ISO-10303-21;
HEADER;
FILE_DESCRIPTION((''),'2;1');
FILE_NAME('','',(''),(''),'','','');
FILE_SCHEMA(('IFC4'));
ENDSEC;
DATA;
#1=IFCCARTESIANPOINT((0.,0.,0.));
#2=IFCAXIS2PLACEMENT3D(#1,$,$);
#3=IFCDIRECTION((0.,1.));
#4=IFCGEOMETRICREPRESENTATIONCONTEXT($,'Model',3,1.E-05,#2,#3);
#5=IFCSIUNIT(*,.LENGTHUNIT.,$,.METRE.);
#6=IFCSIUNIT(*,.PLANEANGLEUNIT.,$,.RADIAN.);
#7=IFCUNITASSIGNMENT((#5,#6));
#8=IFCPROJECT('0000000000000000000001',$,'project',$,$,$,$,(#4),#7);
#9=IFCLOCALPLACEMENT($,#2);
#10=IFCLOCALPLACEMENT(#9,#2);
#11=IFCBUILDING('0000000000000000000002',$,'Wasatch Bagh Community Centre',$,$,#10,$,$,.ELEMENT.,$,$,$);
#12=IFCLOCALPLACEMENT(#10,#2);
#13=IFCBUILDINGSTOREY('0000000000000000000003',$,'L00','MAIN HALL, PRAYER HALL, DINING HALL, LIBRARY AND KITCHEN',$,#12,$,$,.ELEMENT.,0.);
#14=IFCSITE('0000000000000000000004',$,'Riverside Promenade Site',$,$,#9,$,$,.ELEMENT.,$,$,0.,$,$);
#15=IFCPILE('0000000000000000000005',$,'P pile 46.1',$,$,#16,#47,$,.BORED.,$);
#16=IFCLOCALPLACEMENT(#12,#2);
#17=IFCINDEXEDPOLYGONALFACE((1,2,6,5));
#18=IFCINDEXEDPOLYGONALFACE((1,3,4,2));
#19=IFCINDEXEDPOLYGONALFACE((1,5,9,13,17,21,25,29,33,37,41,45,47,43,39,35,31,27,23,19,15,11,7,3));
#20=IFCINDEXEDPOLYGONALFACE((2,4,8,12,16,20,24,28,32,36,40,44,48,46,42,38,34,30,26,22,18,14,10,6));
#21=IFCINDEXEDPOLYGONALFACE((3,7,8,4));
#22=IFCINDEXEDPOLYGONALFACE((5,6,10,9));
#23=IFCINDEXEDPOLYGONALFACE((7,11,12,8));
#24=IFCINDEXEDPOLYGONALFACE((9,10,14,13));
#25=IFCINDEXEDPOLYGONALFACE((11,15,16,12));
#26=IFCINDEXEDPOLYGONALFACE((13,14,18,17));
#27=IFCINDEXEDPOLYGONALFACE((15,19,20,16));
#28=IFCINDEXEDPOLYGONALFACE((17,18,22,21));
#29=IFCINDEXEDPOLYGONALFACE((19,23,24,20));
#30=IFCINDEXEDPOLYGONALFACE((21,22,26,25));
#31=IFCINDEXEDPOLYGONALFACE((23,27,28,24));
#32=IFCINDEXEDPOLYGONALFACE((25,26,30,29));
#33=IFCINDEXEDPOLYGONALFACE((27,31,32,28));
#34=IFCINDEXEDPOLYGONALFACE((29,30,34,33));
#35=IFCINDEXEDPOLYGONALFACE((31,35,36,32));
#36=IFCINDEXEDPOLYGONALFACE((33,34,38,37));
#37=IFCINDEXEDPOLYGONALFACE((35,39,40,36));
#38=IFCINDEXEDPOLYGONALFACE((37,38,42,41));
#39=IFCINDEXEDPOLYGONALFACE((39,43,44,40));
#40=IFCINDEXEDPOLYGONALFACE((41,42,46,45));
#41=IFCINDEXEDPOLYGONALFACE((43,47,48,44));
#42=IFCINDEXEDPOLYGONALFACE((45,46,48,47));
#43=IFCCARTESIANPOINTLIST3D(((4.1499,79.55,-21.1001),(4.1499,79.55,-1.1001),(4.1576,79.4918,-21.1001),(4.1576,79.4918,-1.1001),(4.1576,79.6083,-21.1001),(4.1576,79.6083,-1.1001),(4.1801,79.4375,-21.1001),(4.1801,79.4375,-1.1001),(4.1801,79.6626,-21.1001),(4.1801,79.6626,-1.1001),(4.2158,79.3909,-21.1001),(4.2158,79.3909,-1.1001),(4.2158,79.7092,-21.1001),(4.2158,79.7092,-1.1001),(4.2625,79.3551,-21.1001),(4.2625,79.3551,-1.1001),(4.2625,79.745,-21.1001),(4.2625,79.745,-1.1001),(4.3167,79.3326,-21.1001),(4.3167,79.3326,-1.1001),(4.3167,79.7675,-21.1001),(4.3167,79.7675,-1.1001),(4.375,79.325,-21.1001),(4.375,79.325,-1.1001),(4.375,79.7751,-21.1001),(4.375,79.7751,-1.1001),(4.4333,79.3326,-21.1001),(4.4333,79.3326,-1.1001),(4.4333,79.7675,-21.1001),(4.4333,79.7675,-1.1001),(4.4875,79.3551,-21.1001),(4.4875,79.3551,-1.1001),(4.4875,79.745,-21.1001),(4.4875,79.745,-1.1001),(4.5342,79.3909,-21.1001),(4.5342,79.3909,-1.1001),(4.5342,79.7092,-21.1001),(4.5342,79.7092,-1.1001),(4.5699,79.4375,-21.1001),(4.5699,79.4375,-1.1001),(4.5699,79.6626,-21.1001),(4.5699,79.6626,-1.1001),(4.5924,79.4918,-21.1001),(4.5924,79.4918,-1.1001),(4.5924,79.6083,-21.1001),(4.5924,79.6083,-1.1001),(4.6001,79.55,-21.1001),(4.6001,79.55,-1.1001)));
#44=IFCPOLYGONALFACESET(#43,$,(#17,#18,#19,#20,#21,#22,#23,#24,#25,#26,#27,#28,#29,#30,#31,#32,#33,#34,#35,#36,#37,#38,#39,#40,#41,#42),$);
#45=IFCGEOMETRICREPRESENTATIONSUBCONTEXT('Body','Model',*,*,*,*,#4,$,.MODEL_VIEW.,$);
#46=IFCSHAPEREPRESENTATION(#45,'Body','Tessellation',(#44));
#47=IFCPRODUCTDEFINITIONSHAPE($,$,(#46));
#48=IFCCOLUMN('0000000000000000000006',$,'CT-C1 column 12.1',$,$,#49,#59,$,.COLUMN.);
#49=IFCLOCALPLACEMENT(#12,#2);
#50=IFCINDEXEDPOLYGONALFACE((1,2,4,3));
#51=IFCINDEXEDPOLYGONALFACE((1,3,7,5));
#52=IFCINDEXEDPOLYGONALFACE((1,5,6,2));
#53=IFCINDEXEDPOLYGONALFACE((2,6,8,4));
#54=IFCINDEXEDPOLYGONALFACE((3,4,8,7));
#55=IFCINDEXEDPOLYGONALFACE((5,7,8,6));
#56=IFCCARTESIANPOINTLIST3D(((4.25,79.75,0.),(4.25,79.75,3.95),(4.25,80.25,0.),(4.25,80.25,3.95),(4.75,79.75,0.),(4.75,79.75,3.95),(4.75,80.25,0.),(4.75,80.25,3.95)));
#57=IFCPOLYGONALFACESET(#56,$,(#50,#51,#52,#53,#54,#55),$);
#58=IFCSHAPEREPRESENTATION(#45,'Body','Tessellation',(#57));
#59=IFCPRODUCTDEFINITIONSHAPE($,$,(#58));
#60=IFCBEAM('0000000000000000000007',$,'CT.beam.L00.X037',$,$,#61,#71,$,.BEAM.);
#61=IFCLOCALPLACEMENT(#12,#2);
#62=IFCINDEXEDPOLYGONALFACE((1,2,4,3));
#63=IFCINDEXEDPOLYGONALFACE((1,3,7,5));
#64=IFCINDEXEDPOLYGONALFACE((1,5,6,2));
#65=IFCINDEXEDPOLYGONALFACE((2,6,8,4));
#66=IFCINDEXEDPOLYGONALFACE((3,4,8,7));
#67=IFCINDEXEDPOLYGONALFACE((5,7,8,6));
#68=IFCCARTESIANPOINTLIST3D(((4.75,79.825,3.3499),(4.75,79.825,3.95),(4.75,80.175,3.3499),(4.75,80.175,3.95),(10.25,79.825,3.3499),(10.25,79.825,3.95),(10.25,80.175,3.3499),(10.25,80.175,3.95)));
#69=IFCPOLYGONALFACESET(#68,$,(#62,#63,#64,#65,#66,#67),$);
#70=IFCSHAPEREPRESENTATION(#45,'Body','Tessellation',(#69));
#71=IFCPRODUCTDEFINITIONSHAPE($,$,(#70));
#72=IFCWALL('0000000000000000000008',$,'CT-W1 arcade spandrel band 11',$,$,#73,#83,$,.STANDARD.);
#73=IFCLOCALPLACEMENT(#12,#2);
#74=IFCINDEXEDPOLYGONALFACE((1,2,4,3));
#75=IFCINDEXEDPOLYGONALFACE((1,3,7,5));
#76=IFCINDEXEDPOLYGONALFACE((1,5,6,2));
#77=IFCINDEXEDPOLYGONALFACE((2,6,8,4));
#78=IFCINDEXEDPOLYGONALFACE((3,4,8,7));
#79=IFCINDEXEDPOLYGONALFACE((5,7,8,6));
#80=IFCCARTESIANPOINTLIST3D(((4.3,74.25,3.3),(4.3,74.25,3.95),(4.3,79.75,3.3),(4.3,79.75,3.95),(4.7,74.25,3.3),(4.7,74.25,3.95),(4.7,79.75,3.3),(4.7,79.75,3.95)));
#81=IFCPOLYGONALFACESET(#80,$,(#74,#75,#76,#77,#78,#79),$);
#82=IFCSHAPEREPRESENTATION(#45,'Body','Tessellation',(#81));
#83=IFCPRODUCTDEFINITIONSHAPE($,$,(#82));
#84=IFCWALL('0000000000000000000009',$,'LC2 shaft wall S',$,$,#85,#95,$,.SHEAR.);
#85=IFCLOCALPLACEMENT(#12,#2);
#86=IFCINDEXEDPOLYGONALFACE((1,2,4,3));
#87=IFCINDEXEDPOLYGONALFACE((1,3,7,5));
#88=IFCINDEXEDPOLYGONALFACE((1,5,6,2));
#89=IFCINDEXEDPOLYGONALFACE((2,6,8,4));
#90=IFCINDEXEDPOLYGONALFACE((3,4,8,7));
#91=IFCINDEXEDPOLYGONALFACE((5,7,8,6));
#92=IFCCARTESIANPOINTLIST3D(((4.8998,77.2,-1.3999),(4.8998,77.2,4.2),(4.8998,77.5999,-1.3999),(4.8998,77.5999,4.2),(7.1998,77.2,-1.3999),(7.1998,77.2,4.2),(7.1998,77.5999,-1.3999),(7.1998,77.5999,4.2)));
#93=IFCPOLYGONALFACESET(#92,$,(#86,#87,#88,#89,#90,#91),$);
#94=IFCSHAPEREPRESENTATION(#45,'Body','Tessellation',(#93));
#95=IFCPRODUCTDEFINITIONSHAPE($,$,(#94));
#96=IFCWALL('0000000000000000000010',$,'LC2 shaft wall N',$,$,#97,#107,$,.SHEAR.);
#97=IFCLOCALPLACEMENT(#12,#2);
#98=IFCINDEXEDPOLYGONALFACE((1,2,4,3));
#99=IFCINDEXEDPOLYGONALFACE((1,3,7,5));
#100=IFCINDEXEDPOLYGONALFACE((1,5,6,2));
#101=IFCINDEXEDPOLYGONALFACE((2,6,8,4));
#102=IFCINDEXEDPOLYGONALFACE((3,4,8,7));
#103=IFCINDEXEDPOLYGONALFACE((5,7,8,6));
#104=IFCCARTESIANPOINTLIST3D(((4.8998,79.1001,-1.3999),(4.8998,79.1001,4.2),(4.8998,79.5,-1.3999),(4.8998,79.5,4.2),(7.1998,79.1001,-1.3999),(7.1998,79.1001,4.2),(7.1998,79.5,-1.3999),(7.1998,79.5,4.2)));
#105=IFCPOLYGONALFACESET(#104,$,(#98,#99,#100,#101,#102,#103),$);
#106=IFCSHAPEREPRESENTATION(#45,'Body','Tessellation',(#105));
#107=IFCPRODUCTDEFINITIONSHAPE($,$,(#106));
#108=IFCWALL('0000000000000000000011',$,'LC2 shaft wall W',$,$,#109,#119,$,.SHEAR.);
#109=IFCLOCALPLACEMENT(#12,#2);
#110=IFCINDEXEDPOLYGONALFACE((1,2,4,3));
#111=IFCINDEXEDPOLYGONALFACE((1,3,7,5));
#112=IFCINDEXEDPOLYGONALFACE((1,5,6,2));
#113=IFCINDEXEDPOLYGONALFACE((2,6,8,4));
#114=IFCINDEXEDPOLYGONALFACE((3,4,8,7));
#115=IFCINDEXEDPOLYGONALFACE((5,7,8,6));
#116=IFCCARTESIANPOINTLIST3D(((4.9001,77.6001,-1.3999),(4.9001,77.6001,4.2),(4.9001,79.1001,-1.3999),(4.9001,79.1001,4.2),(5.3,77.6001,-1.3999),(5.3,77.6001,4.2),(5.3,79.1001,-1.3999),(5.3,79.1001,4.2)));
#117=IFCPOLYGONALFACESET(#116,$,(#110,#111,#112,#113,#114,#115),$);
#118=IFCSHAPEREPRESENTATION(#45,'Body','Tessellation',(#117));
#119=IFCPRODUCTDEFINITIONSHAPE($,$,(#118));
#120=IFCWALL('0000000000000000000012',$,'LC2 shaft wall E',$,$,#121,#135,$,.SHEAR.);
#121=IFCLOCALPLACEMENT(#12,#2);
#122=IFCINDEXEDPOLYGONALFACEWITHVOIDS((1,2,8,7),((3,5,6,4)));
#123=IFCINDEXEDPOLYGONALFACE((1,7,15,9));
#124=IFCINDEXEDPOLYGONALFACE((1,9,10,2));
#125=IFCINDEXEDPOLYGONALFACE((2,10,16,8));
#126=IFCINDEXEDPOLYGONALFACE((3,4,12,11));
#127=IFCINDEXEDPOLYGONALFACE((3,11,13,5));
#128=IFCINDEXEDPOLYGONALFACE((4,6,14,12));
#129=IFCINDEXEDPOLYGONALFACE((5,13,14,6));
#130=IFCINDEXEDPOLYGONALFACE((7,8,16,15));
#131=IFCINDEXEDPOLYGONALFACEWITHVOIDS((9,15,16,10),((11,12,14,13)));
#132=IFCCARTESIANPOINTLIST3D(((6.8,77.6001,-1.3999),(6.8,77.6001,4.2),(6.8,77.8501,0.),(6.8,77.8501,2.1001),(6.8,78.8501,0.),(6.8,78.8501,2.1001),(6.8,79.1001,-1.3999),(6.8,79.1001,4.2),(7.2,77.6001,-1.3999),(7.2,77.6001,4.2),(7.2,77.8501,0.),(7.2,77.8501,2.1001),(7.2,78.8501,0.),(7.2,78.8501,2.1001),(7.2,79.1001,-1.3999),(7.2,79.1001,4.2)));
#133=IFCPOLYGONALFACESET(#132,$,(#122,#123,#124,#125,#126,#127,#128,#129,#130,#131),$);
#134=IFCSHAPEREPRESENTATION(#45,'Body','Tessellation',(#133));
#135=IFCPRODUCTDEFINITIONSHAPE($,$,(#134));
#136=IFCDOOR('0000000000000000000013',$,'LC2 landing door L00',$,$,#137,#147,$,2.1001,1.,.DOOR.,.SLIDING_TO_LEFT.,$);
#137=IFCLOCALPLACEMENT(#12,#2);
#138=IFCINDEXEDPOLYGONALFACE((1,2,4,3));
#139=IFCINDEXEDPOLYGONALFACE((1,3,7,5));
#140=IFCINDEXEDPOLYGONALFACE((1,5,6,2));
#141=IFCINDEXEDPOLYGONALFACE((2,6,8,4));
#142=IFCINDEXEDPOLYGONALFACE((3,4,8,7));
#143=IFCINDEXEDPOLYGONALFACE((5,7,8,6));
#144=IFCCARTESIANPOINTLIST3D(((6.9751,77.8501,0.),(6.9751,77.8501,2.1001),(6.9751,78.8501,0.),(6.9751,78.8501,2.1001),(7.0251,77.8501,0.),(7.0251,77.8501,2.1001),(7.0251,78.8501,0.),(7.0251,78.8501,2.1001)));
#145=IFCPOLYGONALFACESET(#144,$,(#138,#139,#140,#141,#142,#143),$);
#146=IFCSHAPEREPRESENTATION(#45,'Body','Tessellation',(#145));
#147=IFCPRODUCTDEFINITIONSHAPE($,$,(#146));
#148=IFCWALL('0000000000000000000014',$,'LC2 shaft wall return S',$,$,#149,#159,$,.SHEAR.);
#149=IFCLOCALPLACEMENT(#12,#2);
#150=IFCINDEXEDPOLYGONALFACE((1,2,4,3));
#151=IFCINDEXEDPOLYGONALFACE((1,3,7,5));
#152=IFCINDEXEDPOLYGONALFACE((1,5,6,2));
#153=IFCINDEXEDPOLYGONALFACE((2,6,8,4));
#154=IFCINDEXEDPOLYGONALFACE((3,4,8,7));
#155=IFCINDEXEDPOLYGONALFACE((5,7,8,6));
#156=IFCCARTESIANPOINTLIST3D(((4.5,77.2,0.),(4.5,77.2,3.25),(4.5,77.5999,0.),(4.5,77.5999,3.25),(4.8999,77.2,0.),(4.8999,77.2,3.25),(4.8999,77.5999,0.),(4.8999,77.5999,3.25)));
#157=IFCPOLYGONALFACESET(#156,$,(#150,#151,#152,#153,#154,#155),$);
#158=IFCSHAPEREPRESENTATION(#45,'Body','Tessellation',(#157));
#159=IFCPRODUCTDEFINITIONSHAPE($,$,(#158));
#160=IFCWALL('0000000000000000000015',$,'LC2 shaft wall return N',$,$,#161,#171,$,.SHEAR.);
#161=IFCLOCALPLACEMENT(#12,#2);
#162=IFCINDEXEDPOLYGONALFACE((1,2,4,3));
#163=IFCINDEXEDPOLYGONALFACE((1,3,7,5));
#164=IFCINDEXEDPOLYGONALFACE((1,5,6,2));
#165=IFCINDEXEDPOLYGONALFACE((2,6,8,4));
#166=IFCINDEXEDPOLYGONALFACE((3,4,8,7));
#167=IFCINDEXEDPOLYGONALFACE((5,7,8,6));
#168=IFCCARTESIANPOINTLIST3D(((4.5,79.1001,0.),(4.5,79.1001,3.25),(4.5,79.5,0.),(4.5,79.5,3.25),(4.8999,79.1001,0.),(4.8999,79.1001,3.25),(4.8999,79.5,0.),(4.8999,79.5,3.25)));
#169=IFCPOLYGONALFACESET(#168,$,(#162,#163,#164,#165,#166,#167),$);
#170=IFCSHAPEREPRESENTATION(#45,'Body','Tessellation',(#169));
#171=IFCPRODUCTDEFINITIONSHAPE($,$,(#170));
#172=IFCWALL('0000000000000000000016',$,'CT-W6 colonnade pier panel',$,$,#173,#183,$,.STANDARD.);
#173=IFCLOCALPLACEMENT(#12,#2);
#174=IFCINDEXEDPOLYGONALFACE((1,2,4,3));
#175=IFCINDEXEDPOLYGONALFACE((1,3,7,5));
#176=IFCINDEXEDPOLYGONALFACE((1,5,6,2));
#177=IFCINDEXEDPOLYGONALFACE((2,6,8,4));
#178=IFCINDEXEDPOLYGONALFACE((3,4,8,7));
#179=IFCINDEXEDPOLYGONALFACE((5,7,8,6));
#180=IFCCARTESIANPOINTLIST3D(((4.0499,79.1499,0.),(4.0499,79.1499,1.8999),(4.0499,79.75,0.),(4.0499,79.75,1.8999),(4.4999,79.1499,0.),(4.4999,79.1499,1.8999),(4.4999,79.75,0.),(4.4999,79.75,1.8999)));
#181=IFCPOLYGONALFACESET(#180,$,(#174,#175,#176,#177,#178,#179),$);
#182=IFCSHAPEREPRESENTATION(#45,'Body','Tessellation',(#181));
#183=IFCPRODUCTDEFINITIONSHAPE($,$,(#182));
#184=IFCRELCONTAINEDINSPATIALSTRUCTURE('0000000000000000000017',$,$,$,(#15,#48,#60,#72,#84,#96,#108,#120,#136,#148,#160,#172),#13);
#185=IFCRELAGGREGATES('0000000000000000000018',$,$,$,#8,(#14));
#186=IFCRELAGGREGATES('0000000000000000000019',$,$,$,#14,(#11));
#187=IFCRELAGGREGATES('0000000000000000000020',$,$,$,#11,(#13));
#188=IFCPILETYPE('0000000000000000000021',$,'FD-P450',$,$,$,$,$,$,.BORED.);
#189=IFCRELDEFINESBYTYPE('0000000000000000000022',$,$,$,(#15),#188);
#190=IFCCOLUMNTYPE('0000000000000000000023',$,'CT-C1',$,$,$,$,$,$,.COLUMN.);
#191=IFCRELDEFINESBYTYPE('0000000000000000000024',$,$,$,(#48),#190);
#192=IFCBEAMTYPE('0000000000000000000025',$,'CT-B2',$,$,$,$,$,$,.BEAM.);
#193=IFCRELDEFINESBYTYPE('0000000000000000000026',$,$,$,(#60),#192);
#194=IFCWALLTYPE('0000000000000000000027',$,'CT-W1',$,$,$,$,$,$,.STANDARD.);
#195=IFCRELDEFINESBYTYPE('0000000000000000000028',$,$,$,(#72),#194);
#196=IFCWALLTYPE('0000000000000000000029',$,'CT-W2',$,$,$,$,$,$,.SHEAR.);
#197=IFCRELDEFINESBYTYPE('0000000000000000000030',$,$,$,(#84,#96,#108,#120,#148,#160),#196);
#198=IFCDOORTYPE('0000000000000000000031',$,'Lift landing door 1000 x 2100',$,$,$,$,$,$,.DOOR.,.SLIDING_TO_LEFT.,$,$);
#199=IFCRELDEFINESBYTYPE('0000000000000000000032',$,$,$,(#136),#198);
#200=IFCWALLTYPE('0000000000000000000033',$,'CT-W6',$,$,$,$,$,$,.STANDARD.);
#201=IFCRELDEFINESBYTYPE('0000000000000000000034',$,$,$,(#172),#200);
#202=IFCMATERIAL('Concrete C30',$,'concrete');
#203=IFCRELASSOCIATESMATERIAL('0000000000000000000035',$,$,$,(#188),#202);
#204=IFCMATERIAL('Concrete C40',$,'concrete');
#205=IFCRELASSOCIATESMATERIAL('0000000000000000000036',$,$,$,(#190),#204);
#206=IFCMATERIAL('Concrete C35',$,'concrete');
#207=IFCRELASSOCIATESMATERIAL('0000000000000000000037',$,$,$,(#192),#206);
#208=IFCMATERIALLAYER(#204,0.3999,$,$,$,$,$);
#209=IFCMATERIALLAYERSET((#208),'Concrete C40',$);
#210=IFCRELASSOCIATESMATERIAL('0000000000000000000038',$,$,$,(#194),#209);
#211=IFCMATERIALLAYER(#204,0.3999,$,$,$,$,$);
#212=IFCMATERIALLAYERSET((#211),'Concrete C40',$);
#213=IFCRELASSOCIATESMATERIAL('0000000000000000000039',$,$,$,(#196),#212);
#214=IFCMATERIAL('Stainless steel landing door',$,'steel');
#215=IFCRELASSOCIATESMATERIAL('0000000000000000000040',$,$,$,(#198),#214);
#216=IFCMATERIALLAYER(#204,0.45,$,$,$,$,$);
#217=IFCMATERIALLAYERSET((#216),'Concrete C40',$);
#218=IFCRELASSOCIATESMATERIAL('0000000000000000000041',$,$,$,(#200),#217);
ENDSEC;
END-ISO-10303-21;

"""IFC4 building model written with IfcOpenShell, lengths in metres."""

from ifc_helpers import new_model, si_unit, direction, frame, frame_2d, origin, origin_2d, place, context, subcontext, project, spatial, rectangle, circle, extrude, material, layer, layer_set, material_profile, profile_set, type_object, element, fill, save


model = new_model("IFC4")

# Units and contexts
model_context = context("Model", 3, precision=1e-05, world=origin(), true_north=direction((0.0, 1.0)))
body_context = subcontext(model_context, "Body", "Model", "MODEL_VIEW")
ifc_project = project(units=[si_unit("LENGTHUNIT", "METRE"), si_unit("PLANEANGLEUNIT", "RADIAN")], contexts=[model_context])

# Site, building, storey
site_placement = place(None, origin())
site = spatial("IfcSite", under=ifc_project, at=site_placement, Name="Riverside Promenade Site", CompositionType="ELEMENT", RefElevation=0.0)
building_placement = place(site_placement, origin())
building = spatial("IfcBuilding", under=site, at=building_placement, Name="Wasatch Bagh Community Centre", CompositionType="ELEMENT")
storey_placement = place(building_placement, origin())
storey = spatial("IfcBuildingStorey", under=building, at=storey_placement, Name="L00", Description="MAIN HALL, PRAYER HALL, DINING HALL, LIBRARY AND KITCHEN", CompositionType="ELEMENT", Elevation=0.0)

# Shared definitions
ifc_material_1 = material(Name="Concrete C30", Category="concrete")
ifc_material_2 = material(Name="Concrete C35", Category="concrete")

# Pile
ifc_material_profile_1 = material_profile(ifc_material_1, circle(Radius=0.2251, at=origin_2d()), Name="RC D450")
ifc_profile_set_1 = profile_set([ifc_material_profile_1], Name="Concrete C30")
pile_type = type_object("IfcPileType", Name="FD-P450", PredefinedType="BORED", material=ifc_profile_set_1)
for number, where, z_axis, x_axis, name in (
    (1, (4.375, 79.55, -1.1001), (0.0, 0.0, -1.0), (1.0, 0.0, 0.0), "P pile 46.1"),
):
    element("IfcPile", number, at=place(storey_placement, frame(where, z_axis=z_axis, x_axis=x_axis)), inside=storey, type_object=pile_type, Name=name, PredefinedType="BORED", context=body_context, shape_type="SweptSolid", body=[
        extrude(circle(Radius=0.2251, at=origin_2d()), origin(), (0.0, 0.0, 1.0), 20.0),
    ])

# Column
ifc_material_3 = material(Name="Concrete C40", Category="concrete")
ifc_material_profile_2 = material_profile(ifc_material_3, rectangle(XDim=0.5, YDim=0.5, at=origin_2d()), Name="RC 500x500")
ifc_profile_set_2 = profile_set([ifc_material_profile_2], Name="Concrete C40")
column_type = type_object("IfcColumnType", Name="CT-C1", PredefinedType="COLUMN", material=ifc_profile_set_2)
column_placement = place(storey_placement, frame((4.5, 80.0, 0.0), z_axis=(0.0, 0.0, 1.0), x_axis=(1.0, 0.0, 0.0)))
element("IfcColumn", 2, at=column_placement, inside=storey, type_object=column_type, Name="CT-C1 column 12.1", PredefinedType="COLUMN", context=body_context, shape_type="SweptSolid", body=[
    extrude(rectangle(XDim=0.5, YDim=0.5, at=origin_2d()), origin(), (0.0, 0.0, 1.0), 3.95),
])

# Beam
ifc_material_profile_3 = material_profile(ifc_material_2, rectangle(XDim=0.3501, YDim=0.6001, at=origin_2d()), Name="RC 350x600")
ifc_profile_set_3 = profile_set([ifc_material_profile_3], Name="Concrete C35")
beam_type = type_object("IfcBeamType", Name="CT-B2", PredefinedType="BEAM", material=ifc_profile_set_3)
beam_placement = place(storey_placement, frame((4.75, 80.0, 3.6499), z_axis=(1.0, 0.0, 0.0), x_axis=(0.0, 1.0, 0.0)))
element("IfcBeam", 3, at=beam_placement, inside=storey, type_object=beam_type, Name="CT.beam.L00.X037", PredefinedType="BEAM", context=body_context, shape_type="SweptSolid", body=[
    extrude(rectangle(XDim=0.3501, YDim=0.6001, at=origin_2d()), origin(), (0.0, 0.0, 1.0), 5.5),
])

# Walls
ifc_layer_1 = layer(ifc_material_3, 0.3999)
ifc_layer_set_1 = layer_set([ifc_layer_1], Name="Concrete C40")
wall_type_1 = type_object("IfcWallType", Name="CT-W1", PredefinedType="STANDARD", material=ifc_layer_set_1)
wall_1_placement = place(storey_placement, frame((4.5, 74.25, 3.3), z_axis=(0.0, 0.0, 1.0), x_axis=(0.0, 1.0, 0.0)))
element("IfcWall", 4, at=wall_1_placement, inside=storey, type_object=wall_type_1, Name="CT-W1 arcade spandrel band 11", PredefinedType="STANDARD", context=body_context, shape_type="SweptSolid", body=[
    extrude(rectangle(XDim=5.5, YDim=0.3999, at=frame_2d((2.75, 0.0))), origin(), (0.0, 0.0, 1.0), 0.6499),
])
ifc_layer_2 = layer(ifc_material_3, 0.3999)
ifc_layer_set_2 = layer_set([ifc_layer_2], Name="Concrete C40")
wall_type_2 = type_object("IfcWallType", Name="CT-W2", PredefinedType="SHEAR", material=ifc_layer_set_2)
for number, where, z_axis, x_axis, name in (
    (5, (4.8999, 77.3999, -1.3999), (0.0, 0.0, 1.0), (1.0, 0.0, 0.0), "LC2 shaft wall S"),
    (6, (4.8999, 79.3, -1.3999), (0.0, 0.0, 1.0), (1.0, 0.0, 0.0), "LC2 shaft wall N"),
):
    element("IfcWall", number, at=place(storey_placement, frame(where, z_axis=z_axis, x_axis=x_axis)), inside=storey, type_object=wall_type_2, Name=name, PredefinedType="SHEAR", context=body_context, shape_type="SweptSolid", body=[
        extrude(rectangle(XDim=2.3, YDim=0.3999, at=frame_2d((1.1499, 0.0))), origin(), (0.0, 0.0, 1.0), 5.5999),
    ])
wall_2_placement = place(storey_placement, frame((5.1001, 77.6001, -1.3999), z_axis=(0.0, 0.0, 1.0), x_axis=(0.0, 1.0, 0.0)))
element("IfcWall", 7, at=wall_2_placement, inside=storey, type_object=wall_type_2, Name="LC2 shaft wall W", PredefinedType="SHEAR", context=body_context, shape_type="SweptSolid", body=[
    extrude(rectangle(XDim=1.5, YDim=0.3999, at=frame_2d((0.75, 0.0))), origin(), (0.0, 0.0, 1.0), 5.5999),
])

# Wall, opening, door
wall_3_placement = place(storey_placement, frame((7.0, 77.6001, -1.3999), z_axis=(0.0, 0.0, 1.0), x_axis=(0.0, 1.0, 0.0)))
wall_3 = element("IfcWall", 8, at=wall_3_placement, inside=storey, type_object=wall_type_2, Name="LC2 shaft wall E", PredefinedType="SHEAR", context=body_context, shape_type="SweptSolid", body=[
    extrude(rectangle(XDim=1.5, YDim=0.3999, at=frame_2d((0.75, 0.0))), origin(), (0.0, 0.0, 1.0), 5.5999),
])
opening_placement = place(wall_3_placement, frame((0.25, 0.0, 1.3999)))
opening = element("IfcOpeningElement", 9, at=opening_placement, cuts=wall_3, PredefinedType="OPENING", context=body_context, shape_type="SweptSolid", body=[
    extrude(rectangle(XDim=1.0, YDim=2.1001, at=frame_2d((0.5, 1.05))), frame((0.0, 0.21, 0.0), z_axis=(0.0, -1.0, 0.0), x_axis=(1.0, 0.0, 0.0)), (0.0, 0.0, 1.0), 0.4199),
])
ifc_material_4 = material(Name="Stainless steel landing door", Category="steel")
door_type = type_object("IfcDoorType", Name="Lift landing door 1000 x 2100", OperationType="SLIDING_TO_LEFT", PredefinedType="DOOR", material=ifc_material_4)
door_placement = place(opening_placement, origin())
door = element("IfcDoor", 10, at=door_placement, inside=storey, type_object=door_type, Name="LC2 landing door L00", OperationType="SLIDING_TO_LEFT", OverallHeight=2.1001, OverallWidth=1.0, PredefinedType="DOOR", context=body_context, shape_type="SweptSolid", body=[
    extrude(rectangle(XDim=1.0, YDim=2.1001, at=frame_2d((0.5, 1.05))), frame((0.0, 0.0249, 0.0), z_axis=(0.0, -1.0, 0.0), x_axis=(1.0, 0.0, 0.0)), (0.0, 0.0, 1.0), 0.05),
])
fill(opening, door)

# Walls
for number, where, z_axis, x_axis, name in (
    (11, (4.5, 77.3999, 0.0), (0.0, 0.0, 1.0), (1.0, 0.0, 0.0), "LC2 shaft wall return S"),
    (12, (4.5, 79.3, 0.0), (0.0, 0.0, 1.0), (1.0, 0.0, 0.0), "LC2 shaft wall return N"),
):
    element("IfcWall", number, at=place(storey_placement, frame(where, z_axis=z_axis, x_axis=x_axis)), inside=storey, type_object=wall_type_2, Name=name, PredefinedType="SHEAR", context=body_context, shape_type="SweptSolid", body=[
        extrude(rectangle(XDim=0.3999, YDim=0.3999, at=frame_2d((0.2, 0.0))), origin(), (0.0, 0.0, 1.0), 3.25),
    ])
ifc_layer_3 = layer(ifc_material_3, 0.45)
ifc_layer_set_3 = layer_set([ifc_layer_3], Name="Concrete C40")
wall_type_3 = type_object("IfcWallType", Name="CT-W6", PredefinedType="STANDARD", material=ifc_layer_set_3)
wall_4_placement = place(storey_placement, frame((4.2749, 79.75, 0.0), z_axis=(0.0, 0.0, 1.0), x_axis=(0.0, -1.0, 0.0)))
element("IfcWall", 13, at=wall_4_placement, inside=storey, type_object=wall_type_3, Name="CT-W6 colonnade pier panel", PredefinedType="STANDARD", context=body_context, shape_type="SweptSolid", body=[
    extrude(rectangle(XDim=0.6001, YDim=0.45, at=frame_2d((0.3, 0.0))), origin(), (0.0, 0.0, 1.0), 1.8999),
])

save(model, "model.ifc")
